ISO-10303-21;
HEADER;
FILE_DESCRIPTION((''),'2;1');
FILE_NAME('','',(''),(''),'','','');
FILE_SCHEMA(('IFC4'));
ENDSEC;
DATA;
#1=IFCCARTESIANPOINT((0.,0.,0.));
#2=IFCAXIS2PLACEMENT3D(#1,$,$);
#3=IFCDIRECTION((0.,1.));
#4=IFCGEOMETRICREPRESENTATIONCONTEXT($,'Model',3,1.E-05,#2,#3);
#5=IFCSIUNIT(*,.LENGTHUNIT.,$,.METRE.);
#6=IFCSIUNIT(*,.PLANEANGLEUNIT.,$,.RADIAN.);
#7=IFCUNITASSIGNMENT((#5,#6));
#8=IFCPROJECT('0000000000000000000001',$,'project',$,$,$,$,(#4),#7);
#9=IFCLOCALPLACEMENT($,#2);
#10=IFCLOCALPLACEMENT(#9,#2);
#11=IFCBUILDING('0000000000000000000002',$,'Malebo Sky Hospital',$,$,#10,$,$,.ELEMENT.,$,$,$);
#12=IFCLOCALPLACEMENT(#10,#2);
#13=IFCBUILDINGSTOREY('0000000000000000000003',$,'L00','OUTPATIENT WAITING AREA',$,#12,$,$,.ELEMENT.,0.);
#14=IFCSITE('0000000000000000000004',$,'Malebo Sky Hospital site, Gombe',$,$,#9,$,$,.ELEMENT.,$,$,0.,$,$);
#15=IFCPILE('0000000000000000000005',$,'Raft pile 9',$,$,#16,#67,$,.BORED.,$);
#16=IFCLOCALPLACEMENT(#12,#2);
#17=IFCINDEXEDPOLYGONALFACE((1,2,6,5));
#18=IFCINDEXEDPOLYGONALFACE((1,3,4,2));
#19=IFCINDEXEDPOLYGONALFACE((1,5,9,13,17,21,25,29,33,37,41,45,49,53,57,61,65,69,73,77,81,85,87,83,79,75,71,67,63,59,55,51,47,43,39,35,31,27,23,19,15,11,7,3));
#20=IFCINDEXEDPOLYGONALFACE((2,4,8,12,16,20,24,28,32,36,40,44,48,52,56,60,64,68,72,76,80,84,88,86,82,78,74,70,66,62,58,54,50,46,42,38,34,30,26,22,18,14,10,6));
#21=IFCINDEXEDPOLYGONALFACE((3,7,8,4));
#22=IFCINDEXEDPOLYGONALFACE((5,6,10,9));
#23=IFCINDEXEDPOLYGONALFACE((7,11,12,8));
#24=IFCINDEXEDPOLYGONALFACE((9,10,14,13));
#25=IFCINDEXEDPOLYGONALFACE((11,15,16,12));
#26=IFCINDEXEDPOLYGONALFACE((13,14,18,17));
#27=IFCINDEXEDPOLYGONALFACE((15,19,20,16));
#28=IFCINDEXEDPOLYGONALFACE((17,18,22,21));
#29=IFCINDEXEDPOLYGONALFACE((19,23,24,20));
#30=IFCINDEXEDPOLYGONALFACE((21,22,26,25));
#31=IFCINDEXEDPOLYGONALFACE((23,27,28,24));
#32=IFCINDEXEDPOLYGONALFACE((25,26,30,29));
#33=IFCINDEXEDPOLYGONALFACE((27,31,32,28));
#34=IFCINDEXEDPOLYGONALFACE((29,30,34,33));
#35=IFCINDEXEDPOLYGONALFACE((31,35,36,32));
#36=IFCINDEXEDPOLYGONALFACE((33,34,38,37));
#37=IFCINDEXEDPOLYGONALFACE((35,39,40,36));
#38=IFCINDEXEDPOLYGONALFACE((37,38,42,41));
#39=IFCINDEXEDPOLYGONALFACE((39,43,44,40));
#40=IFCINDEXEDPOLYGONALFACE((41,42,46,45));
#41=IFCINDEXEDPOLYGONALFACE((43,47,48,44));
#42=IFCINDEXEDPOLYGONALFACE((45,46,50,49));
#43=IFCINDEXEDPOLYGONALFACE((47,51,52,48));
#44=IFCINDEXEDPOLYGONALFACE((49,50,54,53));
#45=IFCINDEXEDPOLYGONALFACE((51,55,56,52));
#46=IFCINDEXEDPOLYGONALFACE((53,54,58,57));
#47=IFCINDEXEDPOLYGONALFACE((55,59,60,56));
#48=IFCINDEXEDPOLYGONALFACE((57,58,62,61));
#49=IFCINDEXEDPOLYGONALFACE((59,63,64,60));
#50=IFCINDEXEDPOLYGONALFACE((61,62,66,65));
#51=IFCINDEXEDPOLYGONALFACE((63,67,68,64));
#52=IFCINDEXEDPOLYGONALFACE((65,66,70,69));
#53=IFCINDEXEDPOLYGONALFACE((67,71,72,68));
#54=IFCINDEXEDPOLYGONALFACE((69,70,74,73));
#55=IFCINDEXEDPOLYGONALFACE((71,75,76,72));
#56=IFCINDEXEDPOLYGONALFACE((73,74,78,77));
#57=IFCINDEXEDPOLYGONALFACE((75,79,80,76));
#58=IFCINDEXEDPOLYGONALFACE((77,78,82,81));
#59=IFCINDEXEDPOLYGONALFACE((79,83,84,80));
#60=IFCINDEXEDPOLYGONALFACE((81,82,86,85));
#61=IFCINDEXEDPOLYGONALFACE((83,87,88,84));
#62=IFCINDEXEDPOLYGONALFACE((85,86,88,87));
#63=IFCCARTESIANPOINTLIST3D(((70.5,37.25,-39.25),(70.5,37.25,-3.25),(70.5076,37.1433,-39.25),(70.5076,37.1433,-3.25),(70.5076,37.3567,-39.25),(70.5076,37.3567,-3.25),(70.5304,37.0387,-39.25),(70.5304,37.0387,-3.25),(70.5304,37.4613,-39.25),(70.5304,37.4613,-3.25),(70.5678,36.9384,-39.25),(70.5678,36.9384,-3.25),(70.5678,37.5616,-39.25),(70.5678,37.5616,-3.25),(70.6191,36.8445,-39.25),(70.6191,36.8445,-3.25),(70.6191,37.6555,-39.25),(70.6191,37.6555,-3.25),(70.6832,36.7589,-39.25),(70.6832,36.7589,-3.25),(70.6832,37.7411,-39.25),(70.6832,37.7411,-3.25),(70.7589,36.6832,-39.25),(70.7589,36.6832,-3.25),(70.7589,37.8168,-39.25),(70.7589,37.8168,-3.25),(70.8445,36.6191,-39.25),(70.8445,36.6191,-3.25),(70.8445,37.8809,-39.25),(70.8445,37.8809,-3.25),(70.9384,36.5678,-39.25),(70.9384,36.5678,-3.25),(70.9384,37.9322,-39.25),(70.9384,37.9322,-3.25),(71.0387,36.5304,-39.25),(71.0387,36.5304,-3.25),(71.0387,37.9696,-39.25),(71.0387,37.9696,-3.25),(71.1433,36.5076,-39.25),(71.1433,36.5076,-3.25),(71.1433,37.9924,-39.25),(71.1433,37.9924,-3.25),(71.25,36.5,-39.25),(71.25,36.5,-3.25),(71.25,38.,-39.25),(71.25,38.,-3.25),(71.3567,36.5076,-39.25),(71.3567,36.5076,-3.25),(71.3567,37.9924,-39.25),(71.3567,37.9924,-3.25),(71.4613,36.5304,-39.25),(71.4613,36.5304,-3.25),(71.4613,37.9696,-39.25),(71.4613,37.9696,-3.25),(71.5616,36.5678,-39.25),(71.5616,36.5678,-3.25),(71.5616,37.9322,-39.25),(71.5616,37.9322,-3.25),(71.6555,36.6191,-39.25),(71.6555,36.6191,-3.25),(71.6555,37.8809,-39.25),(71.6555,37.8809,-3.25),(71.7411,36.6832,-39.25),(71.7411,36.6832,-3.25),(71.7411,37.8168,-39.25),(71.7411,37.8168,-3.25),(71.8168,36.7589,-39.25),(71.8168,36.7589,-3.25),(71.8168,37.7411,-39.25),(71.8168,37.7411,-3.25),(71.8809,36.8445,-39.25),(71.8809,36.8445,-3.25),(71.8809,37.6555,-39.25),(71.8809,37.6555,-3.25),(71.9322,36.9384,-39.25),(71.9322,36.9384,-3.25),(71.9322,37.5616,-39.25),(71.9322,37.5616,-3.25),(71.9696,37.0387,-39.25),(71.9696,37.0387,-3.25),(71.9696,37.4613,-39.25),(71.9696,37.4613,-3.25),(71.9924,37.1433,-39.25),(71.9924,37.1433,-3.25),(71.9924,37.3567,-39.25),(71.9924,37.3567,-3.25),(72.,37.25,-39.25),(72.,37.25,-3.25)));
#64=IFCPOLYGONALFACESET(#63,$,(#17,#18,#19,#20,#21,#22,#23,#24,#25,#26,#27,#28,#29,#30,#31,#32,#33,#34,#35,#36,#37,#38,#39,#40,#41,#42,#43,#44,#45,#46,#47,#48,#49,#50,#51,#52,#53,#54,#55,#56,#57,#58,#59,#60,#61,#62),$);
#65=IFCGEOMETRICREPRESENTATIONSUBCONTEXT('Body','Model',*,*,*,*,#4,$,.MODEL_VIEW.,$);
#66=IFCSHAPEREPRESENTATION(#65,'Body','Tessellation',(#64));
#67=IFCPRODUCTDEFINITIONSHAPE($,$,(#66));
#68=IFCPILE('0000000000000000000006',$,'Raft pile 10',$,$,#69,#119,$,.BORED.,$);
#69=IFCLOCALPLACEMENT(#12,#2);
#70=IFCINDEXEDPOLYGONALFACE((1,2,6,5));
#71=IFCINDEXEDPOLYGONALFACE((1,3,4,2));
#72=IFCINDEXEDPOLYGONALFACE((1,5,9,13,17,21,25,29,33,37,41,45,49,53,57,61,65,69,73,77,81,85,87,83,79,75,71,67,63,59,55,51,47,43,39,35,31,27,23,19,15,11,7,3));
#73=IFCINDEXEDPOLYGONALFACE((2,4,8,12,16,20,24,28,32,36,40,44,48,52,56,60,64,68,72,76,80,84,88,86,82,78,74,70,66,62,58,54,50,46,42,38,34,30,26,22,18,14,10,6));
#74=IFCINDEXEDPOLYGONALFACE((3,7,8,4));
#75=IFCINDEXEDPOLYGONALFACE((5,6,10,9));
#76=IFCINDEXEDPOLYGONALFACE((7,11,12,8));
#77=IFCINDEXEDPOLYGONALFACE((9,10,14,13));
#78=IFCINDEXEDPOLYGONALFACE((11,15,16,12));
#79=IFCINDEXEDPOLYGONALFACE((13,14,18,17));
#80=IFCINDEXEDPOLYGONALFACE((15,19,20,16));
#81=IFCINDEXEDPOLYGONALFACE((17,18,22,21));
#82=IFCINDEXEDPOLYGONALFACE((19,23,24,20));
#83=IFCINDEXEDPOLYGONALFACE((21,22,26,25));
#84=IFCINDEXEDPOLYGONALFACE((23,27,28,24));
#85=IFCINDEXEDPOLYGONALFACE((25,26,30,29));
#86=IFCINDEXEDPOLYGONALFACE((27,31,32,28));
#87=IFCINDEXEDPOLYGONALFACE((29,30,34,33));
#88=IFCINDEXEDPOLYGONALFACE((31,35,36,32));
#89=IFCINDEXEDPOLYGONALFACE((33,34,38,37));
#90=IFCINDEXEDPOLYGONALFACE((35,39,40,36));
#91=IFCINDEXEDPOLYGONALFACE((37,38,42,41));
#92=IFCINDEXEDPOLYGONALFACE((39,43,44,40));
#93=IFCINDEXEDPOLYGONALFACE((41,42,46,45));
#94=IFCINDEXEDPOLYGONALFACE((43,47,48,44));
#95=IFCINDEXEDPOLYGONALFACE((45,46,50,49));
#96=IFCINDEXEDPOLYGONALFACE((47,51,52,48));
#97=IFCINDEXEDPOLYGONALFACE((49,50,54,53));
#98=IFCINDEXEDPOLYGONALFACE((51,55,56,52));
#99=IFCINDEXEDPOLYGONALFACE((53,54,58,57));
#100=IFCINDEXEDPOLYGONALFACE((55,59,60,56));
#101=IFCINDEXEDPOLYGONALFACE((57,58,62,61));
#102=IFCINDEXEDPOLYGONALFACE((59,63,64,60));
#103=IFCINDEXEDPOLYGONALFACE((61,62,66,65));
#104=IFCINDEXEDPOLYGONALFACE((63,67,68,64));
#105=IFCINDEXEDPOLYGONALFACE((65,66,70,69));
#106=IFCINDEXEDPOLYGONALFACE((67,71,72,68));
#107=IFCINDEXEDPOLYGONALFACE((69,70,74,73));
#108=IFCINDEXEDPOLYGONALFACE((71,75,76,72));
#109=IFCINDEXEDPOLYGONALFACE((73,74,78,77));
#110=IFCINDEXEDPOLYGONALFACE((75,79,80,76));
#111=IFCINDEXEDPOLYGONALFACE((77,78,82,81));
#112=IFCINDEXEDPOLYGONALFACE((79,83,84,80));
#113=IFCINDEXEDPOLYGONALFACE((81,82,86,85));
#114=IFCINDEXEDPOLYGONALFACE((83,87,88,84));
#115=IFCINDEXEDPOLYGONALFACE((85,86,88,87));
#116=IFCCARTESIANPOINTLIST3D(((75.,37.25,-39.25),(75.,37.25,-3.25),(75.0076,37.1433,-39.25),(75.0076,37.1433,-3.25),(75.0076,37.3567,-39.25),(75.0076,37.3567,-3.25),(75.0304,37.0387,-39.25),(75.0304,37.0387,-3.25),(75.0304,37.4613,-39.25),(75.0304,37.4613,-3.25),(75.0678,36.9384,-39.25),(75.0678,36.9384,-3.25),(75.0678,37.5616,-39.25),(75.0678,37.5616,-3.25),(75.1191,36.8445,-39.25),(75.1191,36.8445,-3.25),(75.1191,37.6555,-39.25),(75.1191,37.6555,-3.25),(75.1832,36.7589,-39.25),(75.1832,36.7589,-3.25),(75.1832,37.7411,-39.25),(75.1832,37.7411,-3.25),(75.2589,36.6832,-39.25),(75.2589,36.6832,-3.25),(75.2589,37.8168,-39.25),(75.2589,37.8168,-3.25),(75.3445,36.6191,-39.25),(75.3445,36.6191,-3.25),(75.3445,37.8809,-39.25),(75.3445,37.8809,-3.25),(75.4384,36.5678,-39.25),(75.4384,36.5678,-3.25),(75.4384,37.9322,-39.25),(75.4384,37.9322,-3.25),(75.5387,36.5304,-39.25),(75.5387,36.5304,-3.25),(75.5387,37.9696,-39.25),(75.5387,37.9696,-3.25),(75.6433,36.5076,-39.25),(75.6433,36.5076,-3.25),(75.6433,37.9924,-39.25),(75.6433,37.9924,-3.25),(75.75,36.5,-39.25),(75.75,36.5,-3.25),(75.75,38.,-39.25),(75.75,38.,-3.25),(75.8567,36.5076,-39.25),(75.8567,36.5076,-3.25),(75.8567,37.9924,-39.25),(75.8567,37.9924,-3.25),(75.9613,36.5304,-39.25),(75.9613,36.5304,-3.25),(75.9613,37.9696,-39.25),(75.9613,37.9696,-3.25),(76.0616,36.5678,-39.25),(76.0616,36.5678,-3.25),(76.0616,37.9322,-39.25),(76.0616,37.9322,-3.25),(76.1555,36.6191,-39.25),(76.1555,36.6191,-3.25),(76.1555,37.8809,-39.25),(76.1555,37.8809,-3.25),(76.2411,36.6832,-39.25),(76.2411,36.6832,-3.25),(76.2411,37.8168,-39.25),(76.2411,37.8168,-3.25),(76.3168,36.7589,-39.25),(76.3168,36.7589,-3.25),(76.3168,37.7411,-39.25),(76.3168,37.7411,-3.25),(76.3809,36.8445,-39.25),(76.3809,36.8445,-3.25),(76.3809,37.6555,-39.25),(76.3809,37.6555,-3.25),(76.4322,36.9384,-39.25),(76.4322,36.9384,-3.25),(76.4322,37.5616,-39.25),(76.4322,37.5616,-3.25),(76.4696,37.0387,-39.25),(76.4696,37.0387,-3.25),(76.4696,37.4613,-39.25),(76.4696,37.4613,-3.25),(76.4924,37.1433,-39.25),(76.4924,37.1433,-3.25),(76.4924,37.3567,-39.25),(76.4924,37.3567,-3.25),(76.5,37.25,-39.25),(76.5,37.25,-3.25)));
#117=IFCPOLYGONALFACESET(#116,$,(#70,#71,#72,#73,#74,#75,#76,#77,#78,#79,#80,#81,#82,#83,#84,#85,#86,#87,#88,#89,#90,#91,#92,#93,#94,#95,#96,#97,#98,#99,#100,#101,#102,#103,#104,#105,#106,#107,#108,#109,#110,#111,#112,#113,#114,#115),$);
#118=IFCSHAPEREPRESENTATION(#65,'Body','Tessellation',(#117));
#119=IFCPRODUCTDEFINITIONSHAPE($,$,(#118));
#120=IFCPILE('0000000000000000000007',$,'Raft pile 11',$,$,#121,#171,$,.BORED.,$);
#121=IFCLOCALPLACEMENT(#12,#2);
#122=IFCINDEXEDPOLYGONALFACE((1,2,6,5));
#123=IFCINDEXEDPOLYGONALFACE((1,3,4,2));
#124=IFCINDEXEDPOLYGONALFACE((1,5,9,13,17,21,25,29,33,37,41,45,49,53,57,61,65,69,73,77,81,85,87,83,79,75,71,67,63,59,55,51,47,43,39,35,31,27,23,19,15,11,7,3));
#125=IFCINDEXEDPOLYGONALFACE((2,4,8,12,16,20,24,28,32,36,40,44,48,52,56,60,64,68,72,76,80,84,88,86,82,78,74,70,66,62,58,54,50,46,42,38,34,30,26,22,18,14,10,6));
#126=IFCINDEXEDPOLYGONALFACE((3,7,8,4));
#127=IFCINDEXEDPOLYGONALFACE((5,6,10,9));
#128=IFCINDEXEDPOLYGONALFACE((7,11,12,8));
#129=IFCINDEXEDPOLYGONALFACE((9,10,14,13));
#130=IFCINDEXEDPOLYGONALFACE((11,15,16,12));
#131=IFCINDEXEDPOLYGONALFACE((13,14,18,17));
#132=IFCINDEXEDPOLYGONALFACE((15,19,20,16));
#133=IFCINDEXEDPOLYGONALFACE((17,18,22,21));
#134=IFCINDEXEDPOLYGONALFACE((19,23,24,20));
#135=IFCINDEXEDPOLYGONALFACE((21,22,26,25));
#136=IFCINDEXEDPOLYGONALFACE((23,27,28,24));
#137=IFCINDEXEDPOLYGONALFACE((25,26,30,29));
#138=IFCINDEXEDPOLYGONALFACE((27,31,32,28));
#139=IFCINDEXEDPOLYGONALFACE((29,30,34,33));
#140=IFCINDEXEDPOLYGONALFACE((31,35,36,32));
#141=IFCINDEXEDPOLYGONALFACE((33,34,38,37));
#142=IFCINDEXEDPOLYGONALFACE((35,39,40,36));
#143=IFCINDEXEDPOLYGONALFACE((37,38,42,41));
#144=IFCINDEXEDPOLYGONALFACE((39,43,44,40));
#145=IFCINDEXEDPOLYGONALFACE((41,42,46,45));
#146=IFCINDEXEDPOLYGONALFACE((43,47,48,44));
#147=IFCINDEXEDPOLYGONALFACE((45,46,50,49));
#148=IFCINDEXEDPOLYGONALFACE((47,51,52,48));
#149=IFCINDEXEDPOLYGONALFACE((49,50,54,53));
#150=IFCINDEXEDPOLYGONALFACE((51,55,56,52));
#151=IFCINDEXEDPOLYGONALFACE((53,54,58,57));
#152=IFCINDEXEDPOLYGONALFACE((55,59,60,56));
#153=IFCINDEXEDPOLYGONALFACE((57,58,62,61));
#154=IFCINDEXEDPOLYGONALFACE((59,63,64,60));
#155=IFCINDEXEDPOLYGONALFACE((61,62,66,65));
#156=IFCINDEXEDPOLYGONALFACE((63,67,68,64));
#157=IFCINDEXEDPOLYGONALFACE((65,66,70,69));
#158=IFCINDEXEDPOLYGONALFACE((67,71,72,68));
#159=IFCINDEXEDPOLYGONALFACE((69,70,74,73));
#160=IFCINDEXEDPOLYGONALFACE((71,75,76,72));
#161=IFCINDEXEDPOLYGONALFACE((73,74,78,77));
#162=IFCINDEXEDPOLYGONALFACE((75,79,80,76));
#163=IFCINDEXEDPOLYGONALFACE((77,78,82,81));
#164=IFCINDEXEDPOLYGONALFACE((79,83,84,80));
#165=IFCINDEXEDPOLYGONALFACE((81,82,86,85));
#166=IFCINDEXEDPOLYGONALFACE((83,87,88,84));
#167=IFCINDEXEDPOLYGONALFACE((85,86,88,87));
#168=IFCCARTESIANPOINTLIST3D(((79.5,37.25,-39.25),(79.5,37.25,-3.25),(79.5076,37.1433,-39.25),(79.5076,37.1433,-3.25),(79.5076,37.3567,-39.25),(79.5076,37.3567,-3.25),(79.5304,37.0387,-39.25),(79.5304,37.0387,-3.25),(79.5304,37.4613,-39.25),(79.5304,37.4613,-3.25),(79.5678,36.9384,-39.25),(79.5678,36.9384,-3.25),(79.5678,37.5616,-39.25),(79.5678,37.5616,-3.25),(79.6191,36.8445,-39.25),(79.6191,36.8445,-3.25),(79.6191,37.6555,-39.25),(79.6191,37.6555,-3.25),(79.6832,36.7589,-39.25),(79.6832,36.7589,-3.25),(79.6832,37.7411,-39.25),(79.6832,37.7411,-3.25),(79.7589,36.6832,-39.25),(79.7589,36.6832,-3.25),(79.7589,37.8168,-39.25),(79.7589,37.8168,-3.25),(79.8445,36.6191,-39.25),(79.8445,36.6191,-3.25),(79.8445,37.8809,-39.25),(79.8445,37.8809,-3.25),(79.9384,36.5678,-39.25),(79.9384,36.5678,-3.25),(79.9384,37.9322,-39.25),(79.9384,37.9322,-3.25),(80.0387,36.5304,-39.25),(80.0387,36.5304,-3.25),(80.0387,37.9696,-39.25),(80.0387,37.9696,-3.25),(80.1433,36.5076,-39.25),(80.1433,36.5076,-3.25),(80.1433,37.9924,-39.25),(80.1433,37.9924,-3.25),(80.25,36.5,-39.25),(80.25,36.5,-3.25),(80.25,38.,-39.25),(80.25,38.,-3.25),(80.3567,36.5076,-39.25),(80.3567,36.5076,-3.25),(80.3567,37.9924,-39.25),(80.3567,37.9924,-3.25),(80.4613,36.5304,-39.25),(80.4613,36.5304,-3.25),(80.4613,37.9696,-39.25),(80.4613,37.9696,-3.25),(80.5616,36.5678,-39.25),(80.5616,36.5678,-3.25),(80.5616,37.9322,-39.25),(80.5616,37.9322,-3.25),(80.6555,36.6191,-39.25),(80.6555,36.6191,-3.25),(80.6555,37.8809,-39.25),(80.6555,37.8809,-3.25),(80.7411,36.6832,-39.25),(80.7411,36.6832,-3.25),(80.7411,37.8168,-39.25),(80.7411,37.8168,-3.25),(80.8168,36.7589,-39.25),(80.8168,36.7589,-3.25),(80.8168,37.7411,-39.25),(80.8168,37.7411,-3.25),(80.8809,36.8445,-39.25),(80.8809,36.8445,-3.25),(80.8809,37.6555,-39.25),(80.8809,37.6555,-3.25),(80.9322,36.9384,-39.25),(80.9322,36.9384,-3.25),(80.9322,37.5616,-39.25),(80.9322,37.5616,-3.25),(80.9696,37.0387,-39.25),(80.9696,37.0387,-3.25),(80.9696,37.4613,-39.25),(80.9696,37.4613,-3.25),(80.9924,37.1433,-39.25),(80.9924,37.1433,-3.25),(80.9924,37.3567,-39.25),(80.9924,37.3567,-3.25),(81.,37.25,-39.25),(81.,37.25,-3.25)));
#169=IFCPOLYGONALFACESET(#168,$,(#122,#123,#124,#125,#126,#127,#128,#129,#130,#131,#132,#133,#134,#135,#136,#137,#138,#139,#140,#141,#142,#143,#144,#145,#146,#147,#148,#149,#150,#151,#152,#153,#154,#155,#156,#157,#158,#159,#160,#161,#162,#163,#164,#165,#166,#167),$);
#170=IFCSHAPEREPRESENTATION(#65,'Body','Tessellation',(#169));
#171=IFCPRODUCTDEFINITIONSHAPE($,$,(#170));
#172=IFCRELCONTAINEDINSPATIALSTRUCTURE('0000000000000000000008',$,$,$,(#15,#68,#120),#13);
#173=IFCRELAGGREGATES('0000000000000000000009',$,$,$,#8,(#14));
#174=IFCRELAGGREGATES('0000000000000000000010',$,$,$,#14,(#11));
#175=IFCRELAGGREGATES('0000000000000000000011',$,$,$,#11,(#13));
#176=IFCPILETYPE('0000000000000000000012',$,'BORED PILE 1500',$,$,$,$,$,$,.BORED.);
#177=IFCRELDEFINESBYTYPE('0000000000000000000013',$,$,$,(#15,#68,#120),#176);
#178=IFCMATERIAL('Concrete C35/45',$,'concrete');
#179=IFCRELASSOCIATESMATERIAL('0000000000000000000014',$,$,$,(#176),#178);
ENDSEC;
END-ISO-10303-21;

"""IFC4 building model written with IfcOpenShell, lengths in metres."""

from ifc_helpers import new_model, si_unit, direction, frame, origin, origin_2d, place, context, subcontext, project, spatial, circle, extrude, material, material_profile, profile_set, type_object, element, save


model = new_model("IFC4")

# Units and contexts
model_context = context("Model", 3, precision=1e-05, world=origin(), true_north=direction((0.0, 1.0)))
body_context = subcontext(model_context, "Body", "Model", "MODEL_VIEW")
ifc_project = project(units=[si_unit("LENGTHUNIT", "METRE"), si_unit("PLANEANGLEUNIT", "RADIAN")], contexts=[model_context])

# Site, building, storey
site_placement = place(None, origin())
site = spatial("IfcSite", under=ifc_project, at=site_placement, Name="Malebo Sky Hospital site, Gombe", CompositionType="ELEMENT", RefElevation=0.0)
building_placement = place(site_placement, origin())
building = spatial("IfcBuilding", under=site, at=building_placement, Name="Malebo Sky Hospital", CompositionType="ELEMENT")
storey_placement = place(building_placement, origin())
storey = spatial("IfcBuildingStorey", under=building, at=storey_placement, Name="L00", Description="OUTPATIENT WAITING AREA", CompositionType="ELEMENT", Elevation=0.0)

# Piles
ifc_material_1 = material(Name="Concrete C35/45", Category="concrete")
ifc_material_profile_1 = material_profile(ifc_material_1, circle(Radius=0.75, at=origin_2d()), Name="BP 1500")
ifc_profile_set_1 = profile_set([ifc_material_profile_1], Name="Concrete C35/45")
pile_type = type_object("IfcPileType", Name="BORED PILE 1500", PredefinedType="BORED", material=ifc_profile_set_1)
for number, where, z_axis, x_axis, name in (
    (1, (71.25, 37.25, -3.25), (0.0, 0.0, -1.0), (1.0, 0.0, 0.0), "Raft pile 9"),
    (2, (75.75, 37.25, -3.25), (0.0, 0.0, -1.0), (1.0, 0.0, 0.0), "Raft pile 10"),
    (3, (80.25, 37.25, -3.25), (0.0, 0.0, -1.0), (1.0, 0.0, 0.0), "Raft pile 11"),
):
    element("IfcPile", number, at=place(storey_placement, frame(where, z_axis=z_axis, x_axis=x_axis)), inside=storey, type_object=pile_type, Name=name, PredefinedType="BORED", context=body_context, shape_type="SweptSolid", body=[
        extrude(circle(Radius=0.75, at=origin_2d()), origin(), (0.0, 0.0, 1.0), 36.0),
    ])

save(model, "model.ifc")
